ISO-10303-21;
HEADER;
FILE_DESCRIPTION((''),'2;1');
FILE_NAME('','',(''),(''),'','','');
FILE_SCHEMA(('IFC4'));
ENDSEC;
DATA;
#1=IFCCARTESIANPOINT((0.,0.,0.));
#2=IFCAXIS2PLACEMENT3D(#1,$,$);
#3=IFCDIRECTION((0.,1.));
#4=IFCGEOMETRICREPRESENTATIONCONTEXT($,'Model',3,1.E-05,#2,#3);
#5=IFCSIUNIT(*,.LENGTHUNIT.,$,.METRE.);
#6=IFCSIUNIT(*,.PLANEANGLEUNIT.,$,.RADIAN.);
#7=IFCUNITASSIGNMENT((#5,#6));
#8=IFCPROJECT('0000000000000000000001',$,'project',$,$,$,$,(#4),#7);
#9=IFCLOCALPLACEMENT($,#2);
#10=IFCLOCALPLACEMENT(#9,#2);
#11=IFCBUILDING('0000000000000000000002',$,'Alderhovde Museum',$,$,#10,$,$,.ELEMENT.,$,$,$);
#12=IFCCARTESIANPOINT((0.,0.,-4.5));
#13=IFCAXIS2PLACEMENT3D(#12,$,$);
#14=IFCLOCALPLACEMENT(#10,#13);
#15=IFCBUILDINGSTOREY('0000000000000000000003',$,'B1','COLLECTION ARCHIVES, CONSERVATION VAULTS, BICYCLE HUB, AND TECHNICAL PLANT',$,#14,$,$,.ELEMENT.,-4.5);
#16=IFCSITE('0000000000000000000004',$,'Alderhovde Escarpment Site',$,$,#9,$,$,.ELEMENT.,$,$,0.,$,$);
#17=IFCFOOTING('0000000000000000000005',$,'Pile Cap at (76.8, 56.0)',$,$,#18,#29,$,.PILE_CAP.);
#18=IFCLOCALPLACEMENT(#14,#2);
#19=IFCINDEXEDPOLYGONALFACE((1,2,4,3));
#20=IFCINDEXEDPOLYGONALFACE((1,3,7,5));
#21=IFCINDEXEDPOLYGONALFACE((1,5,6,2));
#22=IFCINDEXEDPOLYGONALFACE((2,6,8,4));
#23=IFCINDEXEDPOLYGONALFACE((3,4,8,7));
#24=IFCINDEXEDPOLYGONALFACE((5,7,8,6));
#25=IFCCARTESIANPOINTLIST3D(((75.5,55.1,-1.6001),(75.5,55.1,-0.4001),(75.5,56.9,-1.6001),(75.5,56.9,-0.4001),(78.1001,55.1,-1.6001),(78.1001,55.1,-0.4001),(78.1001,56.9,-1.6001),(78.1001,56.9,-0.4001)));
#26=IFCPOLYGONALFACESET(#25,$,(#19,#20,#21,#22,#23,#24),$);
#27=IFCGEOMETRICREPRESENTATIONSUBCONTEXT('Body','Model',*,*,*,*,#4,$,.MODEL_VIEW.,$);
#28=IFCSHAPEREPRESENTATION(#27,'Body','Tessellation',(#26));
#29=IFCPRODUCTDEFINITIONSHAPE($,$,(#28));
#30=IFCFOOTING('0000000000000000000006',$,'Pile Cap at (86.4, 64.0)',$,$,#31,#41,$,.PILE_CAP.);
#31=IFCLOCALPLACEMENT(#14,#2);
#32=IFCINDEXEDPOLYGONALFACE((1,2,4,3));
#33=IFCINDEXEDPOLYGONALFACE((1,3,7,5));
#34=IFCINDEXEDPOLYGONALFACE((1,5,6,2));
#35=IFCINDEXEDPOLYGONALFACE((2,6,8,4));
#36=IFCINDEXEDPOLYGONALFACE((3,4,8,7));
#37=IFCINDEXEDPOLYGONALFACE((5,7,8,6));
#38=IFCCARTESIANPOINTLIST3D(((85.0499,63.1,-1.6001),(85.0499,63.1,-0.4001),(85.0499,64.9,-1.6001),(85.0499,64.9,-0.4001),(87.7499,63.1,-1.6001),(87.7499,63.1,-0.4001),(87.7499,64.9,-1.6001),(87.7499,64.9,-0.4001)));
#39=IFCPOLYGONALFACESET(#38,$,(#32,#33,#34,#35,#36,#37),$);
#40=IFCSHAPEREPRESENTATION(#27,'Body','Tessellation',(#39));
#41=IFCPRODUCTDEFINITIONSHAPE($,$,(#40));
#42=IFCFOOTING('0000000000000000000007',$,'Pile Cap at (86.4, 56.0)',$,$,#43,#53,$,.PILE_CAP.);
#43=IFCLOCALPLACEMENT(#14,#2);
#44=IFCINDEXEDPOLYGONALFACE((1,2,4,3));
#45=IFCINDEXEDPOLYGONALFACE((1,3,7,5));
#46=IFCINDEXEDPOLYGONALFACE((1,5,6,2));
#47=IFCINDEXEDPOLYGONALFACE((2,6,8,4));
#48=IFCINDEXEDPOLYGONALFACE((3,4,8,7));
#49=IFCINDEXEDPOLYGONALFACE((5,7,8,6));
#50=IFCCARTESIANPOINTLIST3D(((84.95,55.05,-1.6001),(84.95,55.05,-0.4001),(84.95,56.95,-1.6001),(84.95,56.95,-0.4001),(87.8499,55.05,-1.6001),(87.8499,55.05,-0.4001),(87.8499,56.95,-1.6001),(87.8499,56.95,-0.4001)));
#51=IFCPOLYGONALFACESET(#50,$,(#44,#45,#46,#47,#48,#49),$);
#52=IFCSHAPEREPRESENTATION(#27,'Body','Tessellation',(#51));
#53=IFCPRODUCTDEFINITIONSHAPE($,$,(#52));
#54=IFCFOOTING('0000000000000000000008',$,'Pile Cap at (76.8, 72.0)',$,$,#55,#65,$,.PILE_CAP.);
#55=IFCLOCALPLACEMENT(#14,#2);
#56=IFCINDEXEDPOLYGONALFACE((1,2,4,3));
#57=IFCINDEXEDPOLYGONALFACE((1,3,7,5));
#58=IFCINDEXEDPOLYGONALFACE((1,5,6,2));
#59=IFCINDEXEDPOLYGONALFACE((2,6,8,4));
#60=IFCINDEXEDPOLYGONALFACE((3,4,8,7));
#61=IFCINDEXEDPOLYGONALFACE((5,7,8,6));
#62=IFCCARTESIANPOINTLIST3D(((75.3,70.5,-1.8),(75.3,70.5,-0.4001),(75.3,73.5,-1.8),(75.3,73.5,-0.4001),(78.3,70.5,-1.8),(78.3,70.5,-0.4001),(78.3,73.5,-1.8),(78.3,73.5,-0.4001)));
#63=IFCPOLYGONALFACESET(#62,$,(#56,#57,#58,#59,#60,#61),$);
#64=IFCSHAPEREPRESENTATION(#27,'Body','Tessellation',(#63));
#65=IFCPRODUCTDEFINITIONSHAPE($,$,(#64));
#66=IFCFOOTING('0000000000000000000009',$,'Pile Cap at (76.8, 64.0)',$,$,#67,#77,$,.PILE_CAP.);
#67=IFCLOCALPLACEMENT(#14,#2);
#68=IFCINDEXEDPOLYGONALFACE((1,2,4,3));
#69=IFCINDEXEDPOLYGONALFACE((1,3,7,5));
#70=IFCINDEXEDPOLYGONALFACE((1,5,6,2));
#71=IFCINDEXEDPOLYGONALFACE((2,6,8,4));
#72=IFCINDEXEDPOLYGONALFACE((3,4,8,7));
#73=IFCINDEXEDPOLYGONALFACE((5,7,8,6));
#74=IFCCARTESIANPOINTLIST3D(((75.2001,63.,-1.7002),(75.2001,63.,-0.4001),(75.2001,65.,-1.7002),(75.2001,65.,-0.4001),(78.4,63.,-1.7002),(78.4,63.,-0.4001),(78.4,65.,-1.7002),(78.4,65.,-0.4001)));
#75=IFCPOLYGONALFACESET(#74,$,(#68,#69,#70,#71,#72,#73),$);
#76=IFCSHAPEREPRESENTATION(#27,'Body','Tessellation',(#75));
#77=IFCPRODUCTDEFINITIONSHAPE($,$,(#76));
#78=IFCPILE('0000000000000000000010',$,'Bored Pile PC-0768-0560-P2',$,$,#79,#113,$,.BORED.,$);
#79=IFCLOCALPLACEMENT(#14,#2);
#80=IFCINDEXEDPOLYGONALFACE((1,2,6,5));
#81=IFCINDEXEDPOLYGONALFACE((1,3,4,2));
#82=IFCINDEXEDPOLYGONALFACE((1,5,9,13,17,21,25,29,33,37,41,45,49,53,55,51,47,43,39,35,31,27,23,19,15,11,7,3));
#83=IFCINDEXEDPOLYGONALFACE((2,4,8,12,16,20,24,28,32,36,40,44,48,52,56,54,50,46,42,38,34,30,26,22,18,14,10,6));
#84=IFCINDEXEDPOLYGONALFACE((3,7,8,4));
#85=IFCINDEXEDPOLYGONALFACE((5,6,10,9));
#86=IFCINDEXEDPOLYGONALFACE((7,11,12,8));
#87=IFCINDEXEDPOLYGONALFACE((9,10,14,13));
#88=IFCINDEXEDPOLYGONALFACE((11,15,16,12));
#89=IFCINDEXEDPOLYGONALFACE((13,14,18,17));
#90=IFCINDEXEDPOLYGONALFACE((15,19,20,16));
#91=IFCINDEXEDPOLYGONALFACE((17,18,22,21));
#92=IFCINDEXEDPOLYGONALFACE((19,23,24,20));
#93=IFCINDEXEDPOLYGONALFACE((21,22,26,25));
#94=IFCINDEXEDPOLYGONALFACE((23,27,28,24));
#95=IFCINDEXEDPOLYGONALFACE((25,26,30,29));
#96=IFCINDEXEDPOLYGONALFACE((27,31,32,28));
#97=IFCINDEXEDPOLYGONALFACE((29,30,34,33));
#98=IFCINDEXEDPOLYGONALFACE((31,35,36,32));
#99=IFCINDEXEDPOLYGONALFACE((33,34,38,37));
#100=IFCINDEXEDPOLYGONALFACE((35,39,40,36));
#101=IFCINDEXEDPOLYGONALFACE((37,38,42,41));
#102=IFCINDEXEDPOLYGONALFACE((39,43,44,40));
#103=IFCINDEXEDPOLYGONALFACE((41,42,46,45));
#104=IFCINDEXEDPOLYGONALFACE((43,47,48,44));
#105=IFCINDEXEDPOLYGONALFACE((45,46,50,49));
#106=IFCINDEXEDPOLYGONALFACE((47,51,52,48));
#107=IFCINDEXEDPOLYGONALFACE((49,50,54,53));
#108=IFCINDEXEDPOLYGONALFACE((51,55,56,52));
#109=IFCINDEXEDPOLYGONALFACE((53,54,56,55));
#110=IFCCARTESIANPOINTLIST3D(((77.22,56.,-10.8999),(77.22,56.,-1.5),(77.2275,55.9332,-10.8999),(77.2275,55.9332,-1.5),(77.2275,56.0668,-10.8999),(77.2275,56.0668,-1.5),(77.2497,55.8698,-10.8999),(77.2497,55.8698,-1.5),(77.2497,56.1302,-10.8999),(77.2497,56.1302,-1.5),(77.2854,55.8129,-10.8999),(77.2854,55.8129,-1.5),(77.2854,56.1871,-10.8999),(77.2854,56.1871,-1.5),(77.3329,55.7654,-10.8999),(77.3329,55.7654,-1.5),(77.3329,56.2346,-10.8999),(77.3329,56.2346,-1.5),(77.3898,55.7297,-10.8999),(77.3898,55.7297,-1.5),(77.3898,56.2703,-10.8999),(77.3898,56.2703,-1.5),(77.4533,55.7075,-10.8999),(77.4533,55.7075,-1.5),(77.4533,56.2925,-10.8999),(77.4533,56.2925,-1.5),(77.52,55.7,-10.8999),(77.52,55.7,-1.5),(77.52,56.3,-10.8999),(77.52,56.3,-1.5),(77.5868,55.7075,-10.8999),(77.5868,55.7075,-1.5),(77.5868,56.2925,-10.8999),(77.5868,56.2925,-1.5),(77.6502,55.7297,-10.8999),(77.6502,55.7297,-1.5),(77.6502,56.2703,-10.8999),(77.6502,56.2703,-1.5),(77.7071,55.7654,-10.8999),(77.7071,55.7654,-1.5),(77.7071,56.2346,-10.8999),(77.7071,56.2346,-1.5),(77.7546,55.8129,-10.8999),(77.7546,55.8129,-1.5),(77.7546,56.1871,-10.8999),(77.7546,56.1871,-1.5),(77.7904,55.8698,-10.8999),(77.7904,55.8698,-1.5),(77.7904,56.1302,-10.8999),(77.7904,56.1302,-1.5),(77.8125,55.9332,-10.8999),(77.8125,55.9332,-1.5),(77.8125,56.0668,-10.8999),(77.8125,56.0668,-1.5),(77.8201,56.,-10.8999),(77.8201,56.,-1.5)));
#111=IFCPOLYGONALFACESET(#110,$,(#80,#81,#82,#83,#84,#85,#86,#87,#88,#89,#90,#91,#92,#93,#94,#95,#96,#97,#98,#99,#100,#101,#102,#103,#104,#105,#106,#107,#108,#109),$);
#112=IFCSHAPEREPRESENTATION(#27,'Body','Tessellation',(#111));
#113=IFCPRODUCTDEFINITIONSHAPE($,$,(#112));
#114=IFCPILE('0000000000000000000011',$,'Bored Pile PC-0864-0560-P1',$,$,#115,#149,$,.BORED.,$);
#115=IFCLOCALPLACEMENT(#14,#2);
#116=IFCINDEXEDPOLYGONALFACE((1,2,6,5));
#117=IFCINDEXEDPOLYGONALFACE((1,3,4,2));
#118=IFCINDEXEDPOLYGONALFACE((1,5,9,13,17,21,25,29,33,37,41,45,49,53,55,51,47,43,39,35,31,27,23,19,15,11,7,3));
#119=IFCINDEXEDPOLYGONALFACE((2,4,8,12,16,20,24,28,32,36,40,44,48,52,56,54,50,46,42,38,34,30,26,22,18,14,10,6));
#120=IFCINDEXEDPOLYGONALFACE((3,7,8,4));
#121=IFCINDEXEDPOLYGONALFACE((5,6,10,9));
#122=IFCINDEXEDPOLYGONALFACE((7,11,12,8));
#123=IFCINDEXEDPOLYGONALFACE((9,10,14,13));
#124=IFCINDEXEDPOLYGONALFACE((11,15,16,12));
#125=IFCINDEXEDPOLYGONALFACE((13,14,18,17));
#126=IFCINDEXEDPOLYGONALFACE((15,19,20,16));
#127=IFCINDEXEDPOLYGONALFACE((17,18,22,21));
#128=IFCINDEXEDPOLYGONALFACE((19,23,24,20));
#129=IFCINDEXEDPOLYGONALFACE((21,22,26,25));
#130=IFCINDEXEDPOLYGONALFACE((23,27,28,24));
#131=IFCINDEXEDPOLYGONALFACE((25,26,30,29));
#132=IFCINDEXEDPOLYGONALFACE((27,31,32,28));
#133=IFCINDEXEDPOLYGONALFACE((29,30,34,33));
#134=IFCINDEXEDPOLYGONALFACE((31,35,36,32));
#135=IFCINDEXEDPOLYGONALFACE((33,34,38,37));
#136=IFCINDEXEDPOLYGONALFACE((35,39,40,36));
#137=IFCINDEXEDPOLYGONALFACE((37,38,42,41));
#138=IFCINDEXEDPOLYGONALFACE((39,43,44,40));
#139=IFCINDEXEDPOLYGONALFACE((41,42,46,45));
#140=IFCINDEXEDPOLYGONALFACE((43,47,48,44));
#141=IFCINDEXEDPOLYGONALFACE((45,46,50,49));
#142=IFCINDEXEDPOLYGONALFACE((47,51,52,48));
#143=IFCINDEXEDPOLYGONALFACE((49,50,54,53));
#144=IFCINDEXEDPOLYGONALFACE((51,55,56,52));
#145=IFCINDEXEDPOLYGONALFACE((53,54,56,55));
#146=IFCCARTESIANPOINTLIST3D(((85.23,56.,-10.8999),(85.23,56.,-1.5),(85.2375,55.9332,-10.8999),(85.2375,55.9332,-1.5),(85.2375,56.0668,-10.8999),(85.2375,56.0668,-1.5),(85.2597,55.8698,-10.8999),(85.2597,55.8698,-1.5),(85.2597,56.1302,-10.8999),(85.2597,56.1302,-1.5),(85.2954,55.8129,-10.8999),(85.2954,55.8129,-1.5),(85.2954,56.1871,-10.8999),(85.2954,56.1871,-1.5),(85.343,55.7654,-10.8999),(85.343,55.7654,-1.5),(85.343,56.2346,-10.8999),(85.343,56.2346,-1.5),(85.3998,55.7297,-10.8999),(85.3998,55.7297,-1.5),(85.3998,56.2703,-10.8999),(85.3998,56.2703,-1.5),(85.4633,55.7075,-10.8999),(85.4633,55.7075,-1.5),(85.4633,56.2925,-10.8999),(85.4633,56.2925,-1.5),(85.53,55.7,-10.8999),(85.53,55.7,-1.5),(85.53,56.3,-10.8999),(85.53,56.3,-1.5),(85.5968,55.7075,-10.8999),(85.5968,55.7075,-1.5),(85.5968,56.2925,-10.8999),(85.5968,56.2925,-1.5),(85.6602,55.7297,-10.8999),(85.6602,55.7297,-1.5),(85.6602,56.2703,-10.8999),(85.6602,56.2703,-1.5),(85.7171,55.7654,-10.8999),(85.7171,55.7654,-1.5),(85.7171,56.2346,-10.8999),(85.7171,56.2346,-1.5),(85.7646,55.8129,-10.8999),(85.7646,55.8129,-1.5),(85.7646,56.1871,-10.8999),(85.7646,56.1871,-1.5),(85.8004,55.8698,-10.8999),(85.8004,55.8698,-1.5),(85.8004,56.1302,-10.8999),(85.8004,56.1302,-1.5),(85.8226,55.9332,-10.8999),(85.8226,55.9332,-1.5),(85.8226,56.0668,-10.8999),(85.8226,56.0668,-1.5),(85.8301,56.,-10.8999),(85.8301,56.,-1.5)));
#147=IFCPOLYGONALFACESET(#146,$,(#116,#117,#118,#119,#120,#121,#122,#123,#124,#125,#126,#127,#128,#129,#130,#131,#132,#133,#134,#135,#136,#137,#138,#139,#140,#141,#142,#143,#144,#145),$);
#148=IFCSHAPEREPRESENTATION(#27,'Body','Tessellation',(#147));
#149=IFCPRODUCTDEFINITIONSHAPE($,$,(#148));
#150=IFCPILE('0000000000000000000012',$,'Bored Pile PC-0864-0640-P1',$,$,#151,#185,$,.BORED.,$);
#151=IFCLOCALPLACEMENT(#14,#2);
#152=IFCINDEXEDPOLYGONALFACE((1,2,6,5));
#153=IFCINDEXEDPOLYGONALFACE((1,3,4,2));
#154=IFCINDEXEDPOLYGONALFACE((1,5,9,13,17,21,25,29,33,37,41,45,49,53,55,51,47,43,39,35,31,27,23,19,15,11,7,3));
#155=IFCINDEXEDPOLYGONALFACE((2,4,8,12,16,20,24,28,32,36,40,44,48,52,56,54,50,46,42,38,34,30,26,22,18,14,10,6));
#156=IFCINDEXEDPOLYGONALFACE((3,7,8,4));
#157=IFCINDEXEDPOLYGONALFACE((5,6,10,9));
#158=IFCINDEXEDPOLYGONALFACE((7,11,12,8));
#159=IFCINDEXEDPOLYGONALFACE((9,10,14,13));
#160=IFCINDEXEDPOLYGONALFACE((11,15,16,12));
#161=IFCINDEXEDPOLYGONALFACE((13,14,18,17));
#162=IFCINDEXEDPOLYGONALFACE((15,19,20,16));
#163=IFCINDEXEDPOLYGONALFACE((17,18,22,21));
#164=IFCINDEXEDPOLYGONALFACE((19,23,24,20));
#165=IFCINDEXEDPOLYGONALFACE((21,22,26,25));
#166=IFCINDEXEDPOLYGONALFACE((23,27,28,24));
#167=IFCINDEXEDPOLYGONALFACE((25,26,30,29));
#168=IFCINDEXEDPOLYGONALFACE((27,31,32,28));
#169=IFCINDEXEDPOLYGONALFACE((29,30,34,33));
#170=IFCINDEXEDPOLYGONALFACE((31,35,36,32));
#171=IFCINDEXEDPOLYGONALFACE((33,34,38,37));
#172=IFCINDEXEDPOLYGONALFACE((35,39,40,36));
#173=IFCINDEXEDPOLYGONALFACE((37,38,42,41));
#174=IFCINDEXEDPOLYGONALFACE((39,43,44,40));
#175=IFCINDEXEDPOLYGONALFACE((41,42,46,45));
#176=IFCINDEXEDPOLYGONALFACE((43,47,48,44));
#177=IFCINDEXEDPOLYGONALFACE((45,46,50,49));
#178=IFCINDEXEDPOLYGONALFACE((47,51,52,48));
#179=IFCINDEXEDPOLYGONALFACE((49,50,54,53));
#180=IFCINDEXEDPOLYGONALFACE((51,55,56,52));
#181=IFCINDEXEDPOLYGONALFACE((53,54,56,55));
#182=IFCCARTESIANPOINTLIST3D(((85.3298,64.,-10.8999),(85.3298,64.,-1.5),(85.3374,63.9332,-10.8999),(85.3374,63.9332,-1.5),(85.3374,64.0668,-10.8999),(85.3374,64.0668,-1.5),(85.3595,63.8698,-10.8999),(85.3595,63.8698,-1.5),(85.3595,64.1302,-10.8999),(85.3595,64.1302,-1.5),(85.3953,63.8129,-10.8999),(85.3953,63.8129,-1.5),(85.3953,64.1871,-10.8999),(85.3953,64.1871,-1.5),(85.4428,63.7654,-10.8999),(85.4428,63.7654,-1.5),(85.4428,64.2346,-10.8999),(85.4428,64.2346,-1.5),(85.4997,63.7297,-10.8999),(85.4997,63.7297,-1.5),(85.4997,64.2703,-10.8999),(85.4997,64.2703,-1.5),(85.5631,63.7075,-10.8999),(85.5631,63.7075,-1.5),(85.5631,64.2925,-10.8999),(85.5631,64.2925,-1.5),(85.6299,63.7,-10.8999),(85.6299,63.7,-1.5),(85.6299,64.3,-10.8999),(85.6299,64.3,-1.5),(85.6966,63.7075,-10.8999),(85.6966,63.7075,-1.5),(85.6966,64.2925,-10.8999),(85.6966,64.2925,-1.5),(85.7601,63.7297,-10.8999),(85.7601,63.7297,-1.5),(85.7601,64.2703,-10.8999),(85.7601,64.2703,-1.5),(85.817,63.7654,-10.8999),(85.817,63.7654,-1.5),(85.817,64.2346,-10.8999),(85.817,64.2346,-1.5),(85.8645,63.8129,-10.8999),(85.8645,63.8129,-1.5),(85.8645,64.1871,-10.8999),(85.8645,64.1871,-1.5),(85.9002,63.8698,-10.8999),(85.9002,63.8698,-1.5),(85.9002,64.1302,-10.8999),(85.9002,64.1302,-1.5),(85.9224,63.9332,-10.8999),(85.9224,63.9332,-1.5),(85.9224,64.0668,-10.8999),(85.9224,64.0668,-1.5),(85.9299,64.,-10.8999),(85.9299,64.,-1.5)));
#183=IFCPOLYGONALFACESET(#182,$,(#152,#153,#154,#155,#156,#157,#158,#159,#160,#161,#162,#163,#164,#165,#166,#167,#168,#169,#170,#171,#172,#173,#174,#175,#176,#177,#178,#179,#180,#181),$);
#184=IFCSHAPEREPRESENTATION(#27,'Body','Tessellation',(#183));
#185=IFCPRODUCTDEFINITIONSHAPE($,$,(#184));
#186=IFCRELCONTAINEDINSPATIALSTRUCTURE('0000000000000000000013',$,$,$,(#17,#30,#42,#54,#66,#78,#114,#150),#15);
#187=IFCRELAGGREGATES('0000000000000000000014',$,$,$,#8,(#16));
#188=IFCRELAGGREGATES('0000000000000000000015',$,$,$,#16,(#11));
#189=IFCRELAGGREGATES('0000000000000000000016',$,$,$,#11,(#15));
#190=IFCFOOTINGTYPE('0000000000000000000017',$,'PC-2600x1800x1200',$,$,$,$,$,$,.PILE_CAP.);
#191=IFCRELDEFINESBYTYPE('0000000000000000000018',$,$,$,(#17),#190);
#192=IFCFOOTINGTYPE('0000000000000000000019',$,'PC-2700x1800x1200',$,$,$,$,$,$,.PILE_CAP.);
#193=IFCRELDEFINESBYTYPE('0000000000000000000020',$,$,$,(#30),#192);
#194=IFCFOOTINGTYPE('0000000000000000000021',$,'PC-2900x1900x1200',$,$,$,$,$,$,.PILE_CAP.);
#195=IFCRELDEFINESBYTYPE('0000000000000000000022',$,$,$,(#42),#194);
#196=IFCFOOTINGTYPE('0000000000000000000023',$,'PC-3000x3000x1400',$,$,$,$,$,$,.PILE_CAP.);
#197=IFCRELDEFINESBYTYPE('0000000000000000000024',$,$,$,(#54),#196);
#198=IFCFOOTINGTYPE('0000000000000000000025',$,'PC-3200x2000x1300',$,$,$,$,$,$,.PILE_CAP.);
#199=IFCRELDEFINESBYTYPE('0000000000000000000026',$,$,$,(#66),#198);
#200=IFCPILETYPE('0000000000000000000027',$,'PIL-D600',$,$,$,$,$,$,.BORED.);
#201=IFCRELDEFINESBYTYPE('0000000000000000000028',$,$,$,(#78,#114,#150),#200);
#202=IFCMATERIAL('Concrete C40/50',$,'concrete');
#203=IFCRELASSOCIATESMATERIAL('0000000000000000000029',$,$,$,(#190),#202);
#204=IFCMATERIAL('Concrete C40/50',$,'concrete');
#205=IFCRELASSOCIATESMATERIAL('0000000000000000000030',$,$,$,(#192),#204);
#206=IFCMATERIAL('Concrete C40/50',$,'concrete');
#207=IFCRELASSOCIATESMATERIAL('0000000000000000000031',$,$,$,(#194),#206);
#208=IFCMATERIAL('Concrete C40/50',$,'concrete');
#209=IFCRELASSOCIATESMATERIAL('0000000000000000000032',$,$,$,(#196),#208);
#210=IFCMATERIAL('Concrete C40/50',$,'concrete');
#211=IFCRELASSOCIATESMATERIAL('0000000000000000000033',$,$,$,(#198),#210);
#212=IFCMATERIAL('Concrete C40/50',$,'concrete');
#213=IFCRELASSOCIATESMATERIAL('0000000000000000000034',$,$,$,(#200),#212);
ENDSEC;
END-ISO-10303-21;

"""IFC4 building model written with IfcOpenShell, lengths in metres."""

from ifc_helpers import new_model, si_unit, direction, frame, origin, origin_2d, place, context, subcontext, project, spatial, rectangle, circle, extrude, material, material_profile, profile_set, type_object, element, save


model = new_model("IFC4")

# Units and contexts
model_context = context("Model", 3, precision=1e-05, world=origin(), true_north=direction((0.0, 1.0)))
body_context = subcontext(model_context, "Body", "Model", "MODEL_VIEW")
ifc_project = project(units=[si_unit("LENGTHUNIT", "METRE"), si_unit("PLANEANGLEUNIT", "RADIAN")], contexts=[model_context])

# Site, building, storey
site_placement = place(None, origin())
site = spatial("IfcSite", under=ifc_project, at=site_placement, Name="Alderhovde Escarpment Site", CompositionType="ELEMENT", RefElevation=0.0)
building_placement = place(site_placement, origin())
building = spatial("IfcBuilding", under=site, at=building_placement, Name="Alderhovde Museum", CompositionType="ELEMENT")
storey_placement = place(building_placement, frame((0.0, 0.0, -4.5)))
storey = spatial("IfcBuildingStorey", under=building, at=storey_placement, Name="B1", Description="COLLECTION ARCHIVES, CONSERVATION VAULTS, BICYCLE HUB, AND TECHNICAL PLANT", CompositionType="ELEMENT", Elevation=-4.5)

# Footings
ifc_material_1 = material(Name="Concrete C40/50", Category="concrete")
footing_type_1 = type_object("IfcFootingType", Name="PC-2600x1800x1200", PredefinedType="PILE_CAP", material=ifc_material_1)
footing_1_placement = place(storey_placement, frame((76.8, 56.0, -1.6001), z_axis=(0.0, 0.0, 1.0), x_axis=(1.0, 0.0, 0.0)))
element("IfcFooting", 1, at=footing_1_placement, inside=storey, type_object=footing_type_1, Name="Pile Cap at (76.8, 56.0)", PredefinedType="PILE_CAP", context=body_context, shape_type="SweptSolid", body=[
    extrude(rectangle(XDim=2.6001, YDim=1.8, at=origin_2d()), origin(), (0.0, 0.0, 1.0), 1.2),
])
ifc_material_2 = material(Name="Concrete C40/50", Category="concrete")
footing_type_2 = type_object("IfcFootingType", Name="PC-2700x1800x1200", PredefinedType="PILE_CAP", material=ifc_material_2)
footing_2_placement = place(storey_placement, frame((86.3999, 64.0, -1.6001), z_axis=(0.0, 0.0, 1.0), x_axis=(1.0, 0.0, 0.0)))
element("IfcFooting", 2, at=footing_2_placement, inside=storey, type_object=footing_type_2, Name="Pile Cap at (86.4, 64.0)", PredefinedType="PILE_CAP", context=body_context, shape_type="SweptSolid", body=[
    extrude(rectangle(XDim=2.7, YDim=1.8, at=origin_2d()), origin(), (0.0, 0.0, 1.0), 1.2),
])
ifc_material_3 = material(Name="Concrete C40/50", Category="concrete")
footing_type_3 = type_object("IfcFootingType", Name="PC-2900x1900x1200", PredefinedType="PILE_CAP", material=ifc_material_3)
footing_3_placement = place(storey_placement, frame((86.3999, 56.0, -1.6001), z_axis=(0.0, 0.0, 1.0), x_axis=(1.0, 0.0, 0.0)))
element("IfcFooting", 3, at=footing_3_placement, inside=storey, type_object=footing_type_3, Name="Pile Cap at (86.4, 56.0)", PredefinedType="PILE_CAP", context=body_context, shape_type="SweptSolid", body=[
    extrude(rectangle(XDim=2.8999, YDim=1.8999, at=origin_2d()), origin(), (0.0, 0.0, 1.0), 1.2),
])
ifc_material_4 = material(Name="Concrete C40/50", Category="concrete")
footing_type_4 = type_object("IfcFootingType", Name="PC-3000x3000x1400", PredefinedType="PILE_CAP", material=ifc_material_4)
footing_4_placement = place(storey_placement, frame((76.8, 72.0, -1.8), z_axis=(0.0, 0.0, 1.0), x_axis=(1.0, 0.0, 0.0)))
element("IfcFooting", 4, at=footing_4_placement, inside=storey, type_object=footing_type_4, Name="Pile Cap at (76.8, 72.0)", PredefinedType="PILE_CAP", context=body_context, shape_type="SweptSolid", body=[
    extrude(rectangle(XDim=3.0, YDim=3.0, at=origin_2d()), origin(), (0.0, 0.0, 1.0), 1.3999),
])
ifc_material_5 = material(Name="Concrete C40/50", Category="concrete")
footing_type_5 = type_object("IfcFootingType", Name="PC-3200x2000x1300", PredefinedType="PILE_CAP", material=ifc_material_5)
footing_5_placement = place(storey_placement, frame((76.8, 64.0, -1.7002), z_axis=(0.0, 0.0, 1.0), x_axis=(1.0, 0.0, 0.0)))
element("IfcFooting", 5, at=footing_5_placement, inside=storey, type_object=footing_type_5, Name="Pile Cap at (76.8, 64.0)", PredefinedType="PILE_CAP", context=body_context, shape_type="SweptSolid", body=[
    extrude(rectangle(XDim=3.2, YDim=2.0, at=origin_2d()), origin(), (0.0, 0.0, 1.0), 1.3),
])

# Piles
ifc_material_6 = material(Name="Concrete C40/50", Category="concrete")
ifc_material_profile_1 = material_profile(ifc_material_6, circle(Radius=0.3, at=origin_2d()), Name="PILE-D600")
ifc_profile_set_1 = profile_set([ifc_material_profile_1], Name="Concrete C40/50")
pile_type_1 = type_object("IfcPileType", Name="PIL-D600", PredefinedType="BORED", material=ifc_profile_set_1)
for number, where, z_axis, x_axis, name in (
    (6, (77.52, 56.0, -1.5), (0.0, 0.0, -1.0), (1.0, 0.0, 0.0), "Bored Pile PC-0768-0560-P2"),
    (7, (85.53, 56.0, -1.5), (0.0, 0.0, -1.0), (1.0, 0.0, 0.0), "Bored Pile PC-0864-0560-P1"),
    (8, (85.6299, 64.0, -1.5), (0.0, 0.0, -1.0), (1.0, 0.0, 0.0), "Bored Pile PC-0864-0640-P1"),
):
    element("IfcPile", number, at=place(storey_placement, frame(where, z_axis=z_axis, x_axis=x_axis)), inside=storey, type_object=pile_type_1, Name=name, PredefinedType="BORED", context=body_context, shape_type="SweptSolid", body=[
        extrude(circle(Radius=0.3, at=origin_2d()), origin(), (0.0, 0.0, 1.0), 9.3999),
    ])

save(model, "model.ifc")
